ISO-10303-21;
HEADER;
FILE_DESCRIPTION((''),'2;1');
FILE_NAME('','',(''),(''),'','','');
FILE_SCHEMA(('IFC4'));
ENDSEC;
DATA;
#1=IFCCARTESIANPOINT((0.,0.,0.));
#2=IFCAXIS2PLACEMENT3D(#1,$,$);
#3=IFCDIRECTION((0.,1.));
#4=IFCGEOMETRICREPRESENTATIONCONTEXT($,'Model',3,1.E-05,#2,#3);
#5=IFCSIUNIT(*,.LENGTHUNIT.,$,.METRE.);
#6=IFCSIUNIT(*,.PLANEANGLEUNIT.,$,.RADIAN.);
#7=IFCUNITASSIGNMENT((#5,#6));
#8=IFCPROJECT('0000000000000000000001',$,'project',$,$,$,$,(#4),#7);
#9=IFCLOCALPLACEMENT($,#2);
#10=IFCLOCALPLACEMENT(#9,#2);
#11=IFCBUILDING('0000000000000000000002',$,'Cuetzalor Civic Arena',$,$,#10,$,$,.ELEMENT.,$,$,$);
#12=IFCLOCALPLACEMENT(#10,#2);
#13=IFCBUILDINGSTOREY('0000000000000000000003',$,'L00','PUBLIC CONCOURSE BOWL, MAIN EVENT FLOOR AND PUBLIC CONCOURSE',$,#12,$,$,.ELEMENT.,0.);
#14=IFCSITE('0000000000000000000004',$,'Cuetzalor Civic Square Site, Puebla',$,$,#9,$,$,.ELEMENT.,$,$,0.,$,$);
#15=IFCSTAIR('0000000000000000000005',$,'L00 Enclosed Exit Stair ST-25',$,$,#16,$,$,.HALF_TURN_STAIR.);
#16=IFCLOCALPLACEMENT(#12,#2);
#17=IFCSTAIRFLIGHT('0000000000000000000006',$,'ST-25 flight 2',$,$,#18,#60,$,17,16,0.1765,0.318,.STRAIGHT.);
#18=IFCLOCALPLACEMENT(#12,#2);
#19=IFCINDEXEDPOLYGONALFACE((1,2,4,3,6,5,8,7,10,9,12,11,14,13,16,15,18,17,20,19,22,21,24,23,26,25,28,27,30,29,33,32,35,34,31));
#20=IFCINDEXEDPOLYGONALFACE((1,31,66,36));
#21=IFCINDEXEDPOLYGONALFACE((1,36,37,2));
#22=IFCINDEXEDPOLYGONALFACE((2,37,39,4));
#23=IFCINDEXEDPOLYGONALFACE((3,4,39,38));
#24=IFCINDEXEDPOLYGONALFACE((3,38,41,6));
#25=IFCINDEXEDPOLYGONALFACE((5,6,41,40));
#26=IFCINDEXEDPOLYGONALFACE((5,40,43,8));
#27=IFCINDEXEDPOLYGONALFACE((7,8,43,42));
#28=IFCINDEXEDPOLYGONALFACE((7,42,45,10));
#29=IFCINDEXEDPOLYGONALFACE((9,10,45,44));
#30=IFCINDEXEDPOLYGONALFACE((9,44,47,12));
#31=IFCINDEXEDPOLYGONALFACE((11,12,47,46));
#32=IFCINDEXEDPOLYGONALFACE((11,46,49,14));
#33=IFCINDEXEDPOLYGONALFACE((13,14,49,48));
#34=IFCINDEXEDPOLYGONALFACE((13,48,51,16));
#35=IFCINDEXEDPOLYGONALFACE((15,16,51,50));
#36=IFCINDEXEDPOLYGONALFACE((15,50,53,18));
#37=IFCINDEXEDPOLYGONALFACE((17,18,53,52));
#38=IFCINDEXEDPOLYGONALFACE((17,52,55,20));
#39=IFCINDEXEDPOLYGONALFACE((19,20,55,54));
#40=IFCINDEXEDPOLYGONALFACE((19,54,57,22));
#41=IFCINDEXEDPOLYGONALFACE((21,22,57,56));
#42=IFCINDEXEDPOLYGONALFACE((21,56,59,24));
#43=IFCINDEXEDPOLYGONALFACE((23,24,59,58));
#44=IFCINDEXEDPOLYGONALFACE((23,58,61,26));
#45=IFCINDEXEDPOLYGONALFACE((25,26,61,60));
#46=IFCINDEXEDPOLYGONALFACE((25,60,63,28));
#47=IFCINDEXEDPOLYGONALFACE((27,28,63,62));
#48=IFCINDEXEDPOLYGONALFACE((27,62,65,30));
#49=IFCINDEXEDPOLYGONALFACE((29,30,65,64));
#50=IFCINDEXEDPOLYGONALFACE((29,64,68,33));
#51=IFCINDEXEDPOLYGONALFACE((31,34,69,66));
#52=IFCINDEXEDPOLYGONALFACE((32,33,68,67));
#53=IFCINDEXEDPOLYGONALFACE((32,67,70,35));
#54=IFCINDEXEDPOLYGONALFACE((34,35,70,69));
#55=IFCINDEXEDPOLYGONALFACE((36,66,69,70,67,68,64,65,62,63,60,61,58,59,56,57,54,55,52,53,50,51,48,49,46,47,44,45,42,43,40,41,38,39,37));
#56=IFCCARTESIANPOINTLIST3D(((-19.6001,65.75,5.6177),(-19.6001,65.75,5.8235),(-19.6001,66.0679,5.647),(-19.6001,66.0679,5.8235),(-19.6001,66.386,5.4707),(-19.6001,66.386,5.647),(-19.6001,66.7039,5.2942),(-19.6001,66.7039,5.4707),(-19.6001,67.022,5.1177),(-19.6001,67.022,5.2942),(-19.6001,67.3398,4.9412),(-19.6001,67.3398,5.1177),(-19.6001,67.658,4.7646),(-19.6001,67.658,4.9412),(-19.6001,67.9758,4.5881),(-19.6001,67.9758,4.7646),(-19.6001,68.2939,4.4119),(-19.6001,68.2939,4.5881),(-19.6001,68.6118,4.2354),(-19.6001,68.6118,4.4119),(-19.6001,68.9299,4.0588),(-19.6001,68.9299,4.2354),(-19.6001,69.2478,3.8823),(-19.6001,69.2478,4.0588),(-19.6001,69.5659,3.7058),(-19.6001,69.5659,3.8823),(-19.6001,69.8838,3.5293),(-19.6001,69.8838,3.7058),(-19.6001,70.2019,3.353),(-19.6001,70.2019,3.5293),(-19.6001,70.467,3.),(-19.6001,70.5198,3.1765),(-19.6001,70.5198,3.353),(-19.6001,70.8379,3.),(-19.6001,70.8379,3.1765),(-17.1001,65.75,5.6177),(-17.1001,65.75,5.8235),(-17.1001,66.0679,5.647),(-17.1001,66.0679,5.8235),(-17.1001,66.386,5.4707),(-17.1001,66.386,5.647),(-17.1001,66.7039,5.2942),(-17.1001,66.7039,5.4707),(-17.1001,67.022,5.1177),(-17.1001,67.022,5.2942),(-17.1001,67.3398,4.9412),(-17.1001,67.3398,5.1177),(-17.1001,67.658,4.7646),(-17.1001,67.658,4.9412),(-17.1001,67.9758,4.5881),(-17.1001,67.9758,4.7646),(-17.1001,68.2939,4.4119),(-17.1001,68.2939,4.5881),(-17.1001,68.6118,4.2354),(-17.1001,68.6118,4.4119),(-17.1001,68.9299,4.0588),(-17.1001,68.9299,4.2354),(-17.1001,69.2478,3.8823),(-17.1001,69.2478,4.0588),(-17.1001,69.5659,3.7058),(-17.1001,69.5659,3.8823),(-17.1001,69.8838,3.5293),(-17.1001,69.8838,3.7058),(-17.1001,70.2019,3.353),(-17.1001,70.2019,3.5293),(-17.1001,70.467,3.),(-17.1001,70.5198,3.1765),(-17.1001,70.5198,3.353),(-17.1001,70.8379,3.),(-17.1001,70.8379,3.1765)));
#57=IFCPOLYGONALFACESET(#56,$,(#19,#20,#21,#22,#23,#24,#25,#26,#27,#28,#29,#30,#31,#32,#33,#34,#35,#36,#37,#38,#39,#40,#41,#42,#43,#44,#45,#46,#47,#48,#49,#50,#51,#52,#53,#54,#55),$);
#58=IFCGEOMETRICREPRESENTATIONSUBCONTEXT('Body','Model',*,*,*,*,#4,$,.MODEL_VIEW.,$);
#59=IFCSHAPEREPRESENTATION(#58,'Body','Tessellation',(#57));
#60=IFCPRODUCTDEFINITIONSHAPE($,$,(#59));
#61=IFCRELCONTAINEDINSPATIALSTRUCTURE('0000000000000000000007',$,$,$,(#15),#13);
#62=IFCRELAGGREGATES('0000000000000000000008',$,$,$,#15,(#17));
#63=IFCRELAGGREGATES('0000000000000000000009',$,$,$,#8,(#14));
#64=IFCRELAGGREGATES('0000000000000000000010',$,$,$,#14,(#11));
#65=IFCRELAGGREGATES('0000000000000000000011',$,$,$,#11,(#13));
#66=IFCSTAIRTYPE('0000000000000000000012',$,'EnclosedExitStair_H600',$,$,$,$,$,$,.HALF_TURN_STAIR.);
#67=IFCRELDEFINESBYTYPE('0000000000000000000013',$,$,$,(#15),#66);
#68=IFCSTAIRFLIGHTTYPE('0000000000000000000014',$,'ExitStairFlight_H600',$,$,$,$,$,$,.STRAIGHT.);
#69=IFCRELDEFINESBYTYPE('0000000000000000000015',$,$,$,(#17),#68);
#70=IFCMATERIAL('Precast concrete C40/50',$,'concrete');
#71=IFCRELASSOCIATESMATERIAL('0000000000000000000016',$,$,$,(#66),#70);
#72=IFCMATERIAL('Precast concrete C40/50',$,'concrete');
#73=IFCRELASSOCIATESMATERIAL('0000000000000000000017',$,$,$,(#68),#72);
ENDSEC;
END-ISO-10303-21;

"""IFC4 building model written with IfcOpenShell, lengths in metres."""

from ifc_helpers import new_model, si_unit, direction, frame, origin, place, context, subcontext, project, spatial, polyline, outline, extrude, material, type_object, element, aggregate, save


model = new_model("IFC4")

# Units and contexts
model_context = context("Model", 3, precision=1e-05, world=origin(), true_north=direction((0.0, 1.0)))
body_context = subcontext(model_context, "Body", "Model", "MODEL_VIEW")
ifc_project = project(units=[si_unit("LENGTHUNIT", "METRE"), si_unit("PLANEANGLEUNIT", "RADIAN")], contexts=[model_context])

# Site, building, storey
site_placement = place(None, origin())
site = spatial("IfcSite", under=ifc_project, at=site_placement, Name="Cuetzalor Civic Square Site, Puebla", CompositionType="ELEMENT", RefElevation=0.0)
building_placement = place(site_placement, origin())
building = spatial("IfcBuilding", under=site, at=building_placement, Name="Cuetzalor Civic Arena", CompositionType="ELEMENT")
storey_placement = place(building_placement, origin())
storey = spatial("IfcBuildingStorey", under=building, at=storey_placement, Name="L00", Description="PUBLIC CONCOURSE BOWL, MAIN EVENT FLOOR AND PUBLIC CONCOURSE", CompositionType="ELEMENT", Elevation=0.0)

# Stair, stair flight
ifc_material_1 = material(Name="Precast concrete C40/50", Category="concrete")
stair_type = type_object("IfcStairType", Name="EnclosedExitStair_H600", PredefinedType="HALF_TURN_STAIR", material=ifc_material_1)
stair_placement = place(storey_placement, origin())
stair = element("IfcStair", 1, at=stair_placement, inside=storey, type_object=stair_type, Name="L00 Enclosed Exit Stair ST-25", PredefinedType="HALF_TURN_STAIR")
ifc_material_2 = material(Name="Precast concrete C40/50", Category="concrete")
stair_flight_type = type_object("IfcStairFlightType", Name="ExitStairFlight_H600", PredefinedType="STRAIGHT", material=ifc_material_2)
stair_flight_1_placement = place(storey_placement, frame((-18.3501, 70.8379, 3.0), z_axis=(0.0, 0.0, 1.0), x_axis=(0.0, -1.0, 0.0)))
stair_flight_1 = element("IfcStairFlight", 2, at=stair_flight_1_placement, type_object=stair_flight_type, Name="ST-25 flight 2", NumberOfRisers=17, NumberOfTreads=16, PredefinedType="STRAIGHT", RiserHeight=0.1765, TreadLength=0.318, context=body_context, shape_type="SweptSolid", body=[
    extrude(outline(polyline([(0.0, 0.0), (0.0, 0.1765), (0.3181, 0.1765), (0.3181, 0.353), (0.636, 0.353), (0.636, 0.5293), (0.9541, 0.5293), (0.9541, 0.7058), (1.272, 0.7058), (1.272, 0.8823), (1.5901, 0.8823), (1.5901, 1.0588), (1.908, 1.0588), (1.908, 1.2354), (2.2261, 1.2354), (2.2261, 1.4119), (2.5439, 1.4119), (2.5439, 1.5881), (2.8621, 1.5881), (2.8621, 1.7646), (3.1799, 1.7646), (3.1799, 1.9412), (3.498, 1.9412), (3.498, 2.1177), (3.8159, 2.1177), (3.8159, 2.2942), (4.134, 2.2942), (4.134, 2.4707), (4.4519, 2.4707), (4.4519, 2.647), (4.77, 2.647), (4.77, 2.8235), (5.0879, 2.8235), (5.0879, 3.0), (5.0879, 2.6177), (0.3708, 0.0), (0.0, 0.0)])), frame((0.0, 1.25, 0.0), z_axis=(0.0, -1.0, 0.0), x_axis=(1.0, 0.0, 0.0)), (0.0, 0.0, 1.0), 2.5),
])
aggregate(stair, [stair_flight_1])

save(model, "model.ifc")
